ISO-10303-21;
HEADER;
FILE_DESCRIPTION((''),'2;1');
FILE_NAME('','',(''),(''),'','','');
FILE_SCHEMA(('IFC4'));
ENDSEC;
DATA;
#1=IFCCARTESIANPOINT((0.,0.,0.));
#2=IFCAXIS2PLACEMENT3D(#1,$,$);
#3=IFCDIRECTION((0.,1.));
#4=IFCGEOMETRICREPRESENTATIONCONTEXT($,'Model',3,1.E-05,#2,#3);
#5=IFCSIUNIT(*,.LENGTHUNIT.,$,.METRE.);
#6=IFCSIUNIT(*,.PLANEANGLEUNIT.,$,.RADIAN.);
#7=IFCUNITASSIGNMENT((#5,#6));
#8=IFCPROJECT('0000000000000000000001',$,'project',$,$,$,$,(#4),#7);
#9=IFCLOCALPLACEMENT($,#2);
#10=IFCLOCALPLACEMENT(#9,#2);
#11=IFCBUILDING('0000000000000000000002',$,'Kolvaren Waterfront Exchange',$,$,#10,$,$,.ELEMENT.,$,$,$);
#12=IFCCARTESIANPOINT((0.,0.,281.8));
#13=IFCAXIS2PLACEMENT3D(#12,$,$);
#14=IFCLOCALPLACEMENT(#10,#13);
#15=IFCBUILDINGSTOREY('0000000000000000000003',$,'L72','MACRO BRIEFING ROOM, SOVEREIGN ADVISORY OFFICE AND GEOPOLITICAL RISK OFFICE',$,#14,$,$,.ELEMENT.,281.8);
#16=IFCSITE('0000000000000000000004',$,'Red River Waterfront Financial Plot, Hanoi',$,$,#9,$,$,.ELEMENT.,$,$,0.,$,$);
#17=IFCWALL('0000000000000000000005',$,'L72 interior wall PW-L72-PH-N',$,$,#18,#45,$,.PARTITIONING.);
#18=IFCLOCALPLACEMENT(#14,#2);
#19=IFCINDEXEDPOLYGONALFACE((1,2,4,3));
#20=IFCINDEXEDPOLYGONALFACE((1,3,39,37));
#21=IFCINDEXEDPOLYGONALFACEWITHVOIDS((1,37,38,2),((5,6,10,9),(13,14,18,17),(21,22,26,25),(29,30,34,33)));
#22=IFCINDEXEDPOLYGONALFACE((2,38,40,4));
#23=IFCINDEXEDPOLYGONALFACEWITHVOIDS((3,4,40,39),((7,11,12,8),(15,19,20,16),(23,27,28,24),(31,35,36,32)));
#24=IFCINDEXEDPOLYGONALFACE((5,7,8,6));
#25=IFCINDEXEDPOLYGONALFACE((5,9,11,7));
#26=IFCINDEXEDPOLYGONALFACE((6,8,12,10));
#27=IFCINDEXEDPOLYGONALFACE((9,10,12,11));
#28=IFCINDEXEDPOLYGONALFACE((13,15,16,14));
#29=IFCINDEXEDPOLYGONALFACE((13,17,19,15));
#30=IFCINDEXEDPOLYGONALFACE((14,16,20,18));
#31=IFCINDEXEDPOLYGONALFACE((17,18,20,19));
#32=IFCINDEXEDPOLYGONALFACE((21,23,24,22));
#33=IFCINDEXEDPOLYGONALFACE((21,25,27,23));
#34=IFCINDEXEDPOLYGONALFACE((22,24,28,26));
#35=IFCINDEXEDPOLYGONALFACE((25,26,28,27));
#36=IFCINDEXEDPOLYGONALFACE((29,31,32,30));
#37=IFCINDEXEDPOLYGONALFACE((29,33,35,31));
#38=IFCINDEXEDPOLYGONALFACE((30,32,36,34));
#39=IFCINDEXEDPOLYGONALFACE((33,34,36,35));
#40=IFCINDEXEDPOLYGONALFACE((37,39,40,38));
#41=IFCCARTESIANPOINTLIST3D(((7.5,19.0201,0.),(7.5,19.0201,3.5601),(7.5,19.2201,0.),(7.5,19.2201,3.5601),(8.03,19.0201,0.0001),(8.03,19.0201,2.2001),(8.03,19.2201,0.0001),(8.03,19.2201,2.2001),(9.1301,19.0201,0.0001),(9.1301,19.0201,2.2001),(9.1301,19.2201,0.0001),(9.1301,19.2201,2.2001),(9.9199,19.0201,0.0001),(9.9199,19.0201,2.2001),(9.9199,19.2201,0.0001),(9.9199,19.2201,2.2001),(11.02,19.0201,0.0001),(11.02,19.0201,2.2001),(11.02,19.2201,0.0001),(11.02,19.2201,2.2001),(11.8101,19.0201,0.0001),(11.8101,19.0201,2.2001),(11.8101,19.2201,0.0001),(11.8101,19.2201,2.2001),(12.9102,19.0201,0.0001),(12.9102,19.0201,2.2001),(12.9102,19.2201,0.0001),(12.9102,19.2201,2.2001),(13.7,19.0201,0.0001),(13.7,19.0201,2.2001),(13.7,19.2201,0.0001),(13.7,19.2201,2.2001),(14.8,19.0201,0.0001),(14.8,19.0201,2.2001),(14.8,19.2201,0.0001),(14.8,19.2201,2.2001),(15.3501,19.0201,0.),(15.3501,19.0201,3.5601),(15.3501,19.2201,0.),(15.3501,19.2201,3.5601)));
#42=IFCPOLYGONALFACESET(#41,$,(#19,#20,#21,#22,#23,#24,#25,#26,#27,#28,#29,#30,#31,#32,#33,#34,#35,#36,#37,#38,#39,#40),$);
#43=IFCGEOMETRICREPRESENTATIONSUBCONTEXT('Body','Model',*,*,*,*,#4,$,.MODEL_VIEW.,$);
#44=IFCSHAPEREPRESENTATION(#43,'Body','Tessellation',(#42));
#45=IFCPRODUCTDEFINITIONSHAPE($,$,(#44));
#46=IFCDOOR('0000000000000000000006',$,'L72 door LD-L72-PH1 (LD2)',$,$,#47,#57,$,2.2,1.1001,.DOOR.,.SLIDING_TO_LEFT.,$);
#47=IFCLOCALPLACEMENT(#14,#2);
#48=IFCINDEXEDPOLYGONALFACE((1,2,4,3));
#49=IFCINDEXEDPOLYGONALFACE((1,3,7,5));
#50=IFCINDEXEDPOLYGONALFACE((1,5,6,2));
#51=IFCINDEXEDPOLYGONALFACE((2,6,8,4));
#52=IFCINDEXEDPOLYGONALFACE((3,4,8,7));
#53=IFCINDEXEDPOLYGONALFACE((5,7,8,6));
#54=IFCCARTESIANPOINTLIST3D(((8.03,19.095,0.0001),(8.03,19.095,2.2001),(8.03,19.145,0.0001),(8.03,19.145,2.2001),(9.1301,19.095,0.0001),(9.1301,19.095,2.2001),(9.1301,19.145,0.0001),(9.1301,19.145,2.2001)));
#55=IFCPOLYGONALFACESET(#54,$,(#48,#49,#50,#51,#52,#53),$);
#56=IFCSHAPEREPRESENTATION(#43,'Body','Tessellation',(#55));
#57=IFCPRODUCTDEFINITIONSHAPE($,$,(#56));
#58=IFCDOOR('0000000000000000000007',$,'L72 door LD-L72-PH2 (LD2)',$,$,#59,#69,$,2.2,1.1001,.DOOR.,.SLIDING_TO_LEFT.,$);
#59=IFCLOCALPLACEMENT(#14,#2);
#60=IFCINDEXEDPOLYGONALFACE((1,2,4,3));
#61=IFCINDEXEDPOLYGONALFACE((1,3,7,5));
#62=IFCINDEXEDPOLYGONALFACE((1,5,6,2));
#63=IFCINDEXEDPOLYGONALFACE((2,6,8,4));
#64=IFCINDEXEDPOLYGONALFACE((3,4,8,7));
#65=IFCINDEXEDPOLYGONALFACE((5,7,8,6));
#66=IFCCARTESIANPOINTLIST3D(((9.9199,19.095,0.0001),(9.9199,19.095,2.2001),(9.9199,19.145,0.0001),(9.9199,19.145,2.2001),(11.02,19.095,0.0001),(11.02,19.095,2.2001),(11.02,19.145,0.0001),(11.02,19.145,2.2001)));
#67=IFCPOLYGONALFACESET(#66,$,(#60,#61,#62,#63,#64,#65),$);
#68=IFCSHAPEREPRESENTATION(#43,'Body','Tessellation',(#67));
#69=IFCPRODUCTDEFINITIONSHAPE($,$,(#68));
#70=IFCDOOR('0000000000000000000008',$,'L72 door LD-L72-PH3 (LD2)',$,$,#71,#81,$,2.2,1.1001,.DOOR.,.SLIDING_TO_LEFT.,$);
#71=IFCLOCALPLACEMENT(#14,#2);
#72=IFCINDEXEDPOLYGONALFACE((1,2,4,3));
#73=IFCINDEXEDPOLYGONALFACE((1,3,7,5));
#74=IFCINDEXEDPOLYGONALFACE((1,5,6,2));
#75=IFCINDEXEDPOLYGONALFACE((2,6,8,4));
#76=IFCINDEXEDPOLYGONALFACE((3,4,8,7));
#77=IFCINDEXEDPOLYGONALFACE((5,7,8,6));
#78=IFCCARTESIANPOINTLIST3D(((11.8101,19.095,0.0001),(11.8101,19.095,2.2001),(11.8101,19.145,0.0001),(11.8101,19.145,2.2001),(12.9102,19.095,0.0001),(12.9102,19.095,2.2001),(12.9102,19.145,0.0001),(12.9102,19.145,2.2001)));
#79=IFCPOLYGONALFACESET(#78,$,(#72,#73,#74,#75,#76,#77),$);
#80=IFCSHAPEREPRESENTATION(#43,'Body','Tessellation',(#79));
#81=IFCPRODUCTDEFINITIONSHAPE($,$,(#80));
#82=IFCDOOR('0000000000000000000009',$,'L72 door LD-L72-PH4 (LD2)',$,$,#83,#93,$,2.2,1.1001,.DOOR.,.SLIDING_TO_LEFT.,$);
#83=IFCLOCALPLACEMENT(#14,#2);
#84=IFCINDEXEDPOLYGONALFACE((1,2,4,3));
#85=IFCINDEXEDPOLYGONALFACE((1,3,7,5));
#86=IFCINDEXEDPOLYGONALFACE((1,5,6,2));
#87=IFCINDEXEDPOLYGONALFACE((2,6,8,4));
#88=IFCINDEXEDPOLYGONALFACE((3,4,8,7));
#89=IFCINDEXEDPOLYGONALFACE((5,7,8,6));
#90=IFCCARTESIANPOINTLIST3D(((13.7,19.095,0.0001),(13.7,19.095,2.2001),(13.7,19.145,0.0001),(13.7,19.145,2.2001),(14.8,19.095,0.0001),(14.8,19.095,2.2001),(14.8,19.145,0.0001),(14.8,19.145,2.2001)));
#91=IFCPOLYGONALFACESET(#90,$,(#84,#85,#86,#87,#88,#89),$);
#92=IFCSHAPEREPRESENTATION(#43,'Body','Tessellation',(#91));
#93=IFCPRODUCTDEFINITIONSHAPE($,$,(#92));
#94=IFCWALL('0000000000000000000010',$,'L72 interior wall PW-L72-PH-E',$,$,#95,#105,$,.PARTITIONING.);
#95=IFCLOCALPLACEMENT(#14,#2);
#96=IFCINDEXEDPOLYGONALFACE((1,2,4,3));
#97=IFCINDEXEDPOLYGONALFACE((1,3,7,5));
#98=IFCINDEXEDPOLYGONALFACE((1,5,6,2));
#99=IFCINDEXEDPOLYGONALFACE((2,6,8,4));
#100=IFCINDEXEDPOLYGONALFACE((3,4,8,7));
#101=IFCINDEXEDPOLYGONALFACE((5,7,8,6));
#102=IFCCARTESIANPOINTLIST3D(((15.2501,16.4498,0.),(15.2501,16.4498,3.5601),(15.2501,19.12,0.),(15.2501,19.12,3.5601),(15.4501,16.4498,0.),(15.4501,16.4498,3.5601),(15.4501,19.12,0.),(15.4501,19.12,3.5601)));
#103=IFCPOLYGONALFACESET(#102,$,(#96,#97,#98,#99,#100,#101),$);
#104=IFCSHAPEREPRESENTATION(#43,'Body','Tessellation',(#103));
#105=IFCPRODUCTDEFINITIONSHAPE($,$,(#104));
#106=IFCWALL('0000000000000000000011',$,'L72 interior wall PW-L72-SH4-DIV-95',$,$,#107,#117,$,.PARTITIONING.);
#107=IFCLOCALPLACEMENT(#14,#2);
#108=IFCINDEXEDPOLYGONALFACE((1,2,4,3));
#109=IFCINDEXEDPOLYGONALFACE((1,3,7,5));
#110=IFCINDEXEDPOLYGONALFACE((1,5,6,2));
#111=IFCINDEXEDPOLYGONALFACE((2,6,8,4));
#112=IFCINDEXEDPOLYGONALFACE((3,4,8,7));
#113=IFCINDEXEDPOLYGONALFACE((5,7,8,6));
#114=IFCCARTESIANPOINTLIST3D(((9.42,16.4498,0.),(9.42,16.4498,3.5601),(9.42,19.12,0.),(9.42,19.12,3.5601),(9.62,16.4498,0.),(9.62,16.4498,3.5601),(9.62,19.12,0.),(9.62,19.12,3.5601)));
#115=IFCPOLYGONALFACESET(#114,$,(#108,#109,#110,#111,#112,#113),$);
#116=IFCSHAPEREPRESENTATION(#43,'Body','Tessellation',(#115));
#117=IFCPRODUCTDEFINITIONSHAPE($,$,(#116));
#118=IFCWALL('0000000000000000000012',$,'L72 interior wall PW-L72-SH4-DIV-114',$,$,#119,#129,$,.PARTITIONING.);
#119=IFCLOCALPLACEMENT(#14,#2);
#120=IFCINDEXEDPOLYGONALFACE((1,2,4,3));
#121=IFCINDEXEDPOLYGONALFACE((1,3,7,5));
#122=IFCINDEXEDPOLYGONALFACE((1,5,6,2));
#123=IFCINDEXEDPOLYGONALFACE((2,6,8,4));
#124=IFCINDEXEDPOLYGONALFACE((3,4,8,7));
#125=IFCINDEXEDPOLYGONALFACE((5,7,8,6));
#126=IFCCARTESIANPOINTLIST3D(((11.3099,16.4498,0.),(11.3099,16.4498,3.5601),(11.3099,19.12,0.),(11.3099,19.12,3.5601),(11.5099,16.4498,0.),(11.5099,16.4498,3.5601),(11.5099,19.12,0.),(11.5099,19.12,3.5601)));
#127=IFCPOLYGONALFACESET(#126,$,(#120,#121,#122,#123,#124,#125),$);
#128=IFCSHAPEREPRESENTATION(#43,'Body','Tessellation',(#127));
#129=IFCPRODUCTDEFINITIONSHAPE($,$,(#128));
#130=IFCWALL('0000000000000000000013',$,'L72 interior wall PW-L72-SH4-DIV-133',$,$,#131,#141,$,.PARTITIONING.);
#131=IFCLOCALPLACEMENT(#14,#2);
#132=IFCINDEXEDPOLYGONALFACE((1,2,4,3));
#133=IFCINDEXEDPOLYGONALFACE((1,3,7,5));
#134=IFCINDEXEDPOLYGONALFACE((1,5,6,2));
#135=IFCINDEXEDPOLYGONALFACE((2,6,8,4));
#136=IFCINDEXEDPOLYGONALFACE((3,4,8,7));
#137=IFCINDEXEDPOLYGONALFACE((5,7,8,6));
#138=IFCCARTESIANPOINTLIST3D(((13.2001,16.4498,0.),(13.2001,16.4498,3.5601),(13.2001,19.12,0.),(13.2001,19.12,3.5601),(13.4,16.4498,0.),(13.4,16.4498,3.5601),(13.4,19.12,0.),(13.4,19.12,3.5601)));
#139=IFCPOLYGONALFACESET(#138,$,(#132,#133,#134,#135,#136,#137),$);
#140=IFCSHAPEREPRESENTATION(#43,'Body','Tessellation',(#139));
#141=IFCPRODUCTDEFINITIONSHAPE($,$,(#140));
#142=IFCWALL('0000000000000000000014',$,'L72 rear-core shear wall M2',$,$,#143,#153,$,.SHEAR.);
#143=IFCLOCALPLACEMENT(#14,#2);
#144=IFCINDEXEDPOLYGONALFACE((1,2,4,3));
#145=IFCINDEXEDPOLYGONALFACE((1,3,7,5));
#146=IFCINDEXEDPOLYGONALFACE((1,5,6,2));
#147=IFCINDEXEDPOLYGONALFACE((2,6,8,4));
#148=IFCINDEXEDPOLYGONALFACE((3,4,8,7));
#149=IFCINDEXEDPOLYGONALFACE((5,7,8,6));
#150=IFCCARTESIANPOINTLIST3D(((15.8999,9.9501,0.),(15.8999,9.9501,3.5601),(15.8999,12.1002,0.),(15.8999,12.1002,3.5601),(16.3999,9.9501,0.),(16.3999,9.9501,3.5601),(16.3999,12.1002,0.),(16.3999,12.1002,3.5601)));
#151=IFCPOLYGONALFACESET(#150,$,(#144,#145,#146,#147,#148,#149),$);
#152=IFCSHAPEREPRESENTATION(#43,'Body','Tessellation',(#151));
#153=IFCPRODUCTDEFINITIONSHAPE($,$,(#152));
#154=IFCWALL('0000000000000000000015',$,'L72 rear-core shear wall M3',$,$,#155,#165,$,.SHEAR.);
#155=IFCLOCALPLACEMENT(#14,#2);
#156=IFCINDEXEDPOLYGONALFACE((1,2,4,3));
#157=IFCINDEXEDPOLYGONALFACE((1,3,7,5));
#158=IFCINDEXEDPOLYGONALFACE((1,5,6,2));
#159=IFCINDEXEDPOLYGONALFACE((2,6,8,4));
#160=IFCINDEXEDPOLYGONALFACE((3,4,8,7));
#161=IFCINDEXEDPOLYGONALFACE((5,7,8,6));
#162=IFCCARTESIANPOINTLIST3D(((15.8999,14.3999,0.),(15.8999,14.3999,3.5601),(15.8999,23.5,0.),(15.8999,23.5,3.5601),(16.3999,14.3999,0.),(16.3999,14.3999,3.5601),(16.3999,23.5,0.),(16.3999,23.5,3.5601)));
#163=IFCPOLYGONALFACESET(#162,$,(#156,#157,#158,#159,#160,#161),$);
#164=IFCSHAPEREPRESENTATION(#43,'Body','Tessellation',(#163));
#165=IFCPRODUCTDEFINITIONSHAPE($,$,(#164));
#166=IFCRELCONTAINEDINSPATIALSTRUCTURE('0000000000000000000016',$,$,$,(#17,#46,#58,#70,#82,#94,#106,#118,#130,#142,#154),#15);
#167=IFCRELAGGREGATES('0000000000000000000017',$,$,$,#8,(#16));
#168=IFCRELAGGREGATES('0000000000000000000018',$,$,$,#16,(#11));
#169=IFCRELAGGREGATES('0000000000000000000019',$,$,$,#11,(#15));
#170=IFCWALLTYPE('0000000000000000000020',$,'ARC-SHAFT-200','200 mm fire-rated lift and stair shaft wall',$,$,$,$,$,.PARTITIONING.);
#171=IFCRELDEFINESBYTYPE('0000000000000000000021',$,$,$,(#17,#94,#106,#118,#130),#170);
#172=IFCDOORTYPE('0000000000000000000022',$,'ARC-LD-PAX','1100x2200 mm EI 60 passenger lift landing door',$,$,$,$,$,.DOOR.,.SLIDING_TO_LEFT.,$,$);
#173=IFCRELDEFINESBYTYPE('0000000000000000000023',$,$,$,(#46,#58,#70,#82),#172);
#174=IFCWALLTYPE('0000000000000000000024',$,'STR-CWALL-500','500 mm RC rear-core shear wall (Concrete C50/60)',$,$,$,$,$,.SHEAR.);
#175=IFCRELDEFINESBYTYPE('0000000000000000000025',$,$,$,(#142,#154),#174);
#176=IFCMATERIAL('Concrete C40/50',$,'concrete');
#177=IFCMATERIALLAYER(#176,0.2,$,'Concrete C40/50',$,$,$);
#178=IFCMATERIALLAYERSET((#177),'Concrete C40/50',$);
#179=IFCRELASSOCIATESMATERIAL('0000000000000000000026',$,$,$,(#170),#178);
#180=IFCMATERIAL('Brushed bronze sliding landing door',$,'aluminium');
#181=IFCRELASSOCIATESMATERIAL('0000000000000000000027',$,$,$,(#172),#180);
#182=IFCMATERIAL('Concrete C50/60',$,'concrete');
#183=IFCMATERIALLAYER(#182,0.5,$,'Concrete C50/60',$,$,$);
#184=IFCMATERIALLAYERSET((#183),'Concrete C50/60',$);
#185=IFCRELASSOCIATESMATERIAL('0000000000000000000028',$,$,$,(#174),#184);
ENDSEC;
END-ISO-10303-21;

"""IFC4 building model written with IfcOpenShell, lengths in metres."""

from ifc_helpers import new_model, si_unit, direction, frame, frame_2d, origin, place, context, subcontext, project, spatial, rectangle, extrude, material, layer, layer_set, type_object, element, fill, save


model = new_model("IFC4")

# Units and contexts
model_context = context("Model", 3, precision=1e-05, world=origin(), true_north=direction((0.0, 1.0)))
body_context = subcontext(model_context, "Body", "Model", "MODEL_VIEW")
ifc_project = project(units=[si_unit("LENGTHUNIT", "METRE"), si_unit("PLANEANGLEUNIT", "RADIAN")], contexts=[model_context])

# Site, building, storey
site_placement = place(None, origin())
site = spatial("IfcSite", under=ifc_project, at=site_placement, Name="Red River Waterfront Financial Plot, Hanoi", CompositionType="ELEMENT", RefElevation=0.0)
building_placement = place(site_placement, origin())
building = spatial("IfcBuilding", under=site, at=building_placement, Name="Kolvaren Waterfront Exchange", CompositionType="ELEMENT")
storey_placement = place(building_placement, frame((0.0, 0.0, 281.8)))
storey = spatial("IfcBuildingStorey", under=building, at=storey_placement, Name="L72", Description="MACRO BRIEFING ROOM, SOVEREIGN ADVISORY OFFICE AND GEOPOLITICAL RISK OFFICE", CompositionType="ELEMENT", Elevation=281.8)

# Shared definitions
ifc_material_1 = material(Name="Concrete C40/50", Category="concrete")
ifc_layer_1 = layer(ifc_material_1, 0.2, Name="Concrete C40/50")
ifc_layer_set_1 = layer_set([ifc_layer_1], Name="Concrete C40/50")
wall_type_1 = type_object("IfcWallType", Name="ARC-SHAFT-200", Description="200 mm fire-rated lift and stair shaft wall", PredefinedType="PARTITIONING", material=ifc_layer_set_1)

# Wall, openings, doors
wall_1_placement = place(storey_placement, frame((7.5, 19.1201, 0.0), z_axis=(0.0, 0.0, 1.0), x_axis=(1.0, 0.0, 0.0)))
wall_1 = element("IfcWall", 1, at=wall_1_placement, inside=storey, type_object=wall_type_1, Name="L72 interior wall PW-L72-PH-N", PredefinedType="PARTITIONING", context=body_context, shape_type="SweptSolid", body=[
    extrude(rectangle(XDim=7.8501, YDim=0.2, at=frame_2d((3.925, 0.0))), origin(), (0.0, 0.0, 1.0), 3.5601),
])
opening_1_placement = place(wall_1_placement, frame((0.53, 0.0, 0.0)))
opening_1 = element("IfcOpeningElement", 2, at=opening_1_placement, cuts=wall_1, PredefinedType="OPENING", context=body_context, shape_type="SweptSolid", body=[
    extrude(rectangle(XDim=1.1001, YDim=2.2, at=frame_2d((0.55, 1.1001))), frame((0.0, 0.1099, 0.0), z_axis=(0.0, -1.0, 0.0), x_axis=(1.0, 0.0, 0.0)), (0.0, 0.0, 1.0), 0.22),
])
opening_2_placement = place(wall_1_placement, frame((2.4199, 0.0, 0.0)))
opening_2 = element("IfcOpeningElement", 3, at=opening_2_placement, cuts=wall_1, PredefinedType="OPENING", context=body_context, shape_type="SweptSolid", body=[
    extrude(rectangle(XDim=1.1001, YDim=2.2, at=frame_2d((0.55, 1.1001))), frame((0.0, 0.1099, 0.0), z_axis=(0.0, -1.0, 0.0), x_axis=(1.0, 0.0, 0.0)), (0.0, 0.0, 1.0), 0.22),
])
opening_3_placement = place(wall_1_placement, frame((4.3101, 0.0, 0.0)))
opening_3 = element("IfcOpeningElement", 4, at=opening_3_placement, cuts=wall_1, PredefinedType="OPENING", context=body_context, shape_type="SweptSolid", body=[
    extrude(rectangle(XDim=1.1001, YDim=2.2, at=frame_2d((0.55, 1.1001))), frame((0.0, 0.1099, 0.0), z_axis=(0.0, -1.0, 0.0), x_axis=(1.0, 0.0, 0.0)), (0.0, 0.0, 1.0), 0.22),
])
opening_4_placement = place(wall_1_placement, frame((6.2, 0.0, 0.0)))
opening_4 = element("IfcOpeningElement", 5, at=opening_4_placement, cuts=wall_1, PredefinedType="OPENING", context=body_context, shape_type="SweptSolid", body=[
    extrude(rectangle(XDim=1.1001, YDim=2.2, at=frame_2d((0.55, 1.1001))), frame((0.0, 0.1099, 0.0), z_axis=(0.0, -1.0, 0.0), x_axis=(1.0, 0.0, 0.0)), (0.0, 0.0, 1.0), 0.22),
])
ifc_material_2 = material(Name="Brushed bronze sliding landing door", Category="aluminium")
door_type_1 = type_object("IfcDoorType", Name="ARC-LD-PAX", Description="1100x2200 mm EI 60 passenger lift landing door", OperationType="SLIDING_TO_LEFT", PredefinedType="DOOR", material=ifc_material_2)
door_1_placement = place(opening_1_placement, origin())
door_1 = element("IfcDoor", 6, at=door_1_placement, inside=storey, type_object=door_type_1, Name="L72 door LD-L72-PH1 (LD2)", OperationType="SLIDING_TO_LEFT", OverallHeight=2.2, OverallWidth=1.1001, PredefinedType="DOOR", context=body_context, shape_type="SweptSolid", body=[
    extrude(rectangle(XDim=1.1001, YDim=2.2, at=frame_2d((0.55, 1.1001))), frame((0.0, 0.0249, 0.0), z_axis=(0.0, -1.0, 0.0), x_axis=(1.0, 0.0, 0.0)), (0.0, 0.0, 1.0), 0.05),
])
fill(opening_1, door_1)
door_2_placement = place(opening_2_placement, origin())
door_2 = element("IfcDoor", 7, at=door_2_placement, inside=storey, type_object=door_type_1, Name="L72 door LD-L72-PH2 (LD2)", OperationType="SLIDING_TO_LEFT", OverallHeight=2.2, OverallWidth=1.1001, PredefinedType="DOOR", context=body_context, shape_type="SweptSolid", body=[
    extrude(rectangle(XDim=1.1001, YDim=2.2, at=frame_2d((0.55, 1.1001))), frame((0.0, 0.0249, 0.0), z_axis=(0.0, -1.0, 0.0), x_axis=(1.0, 0.0, 0.0)), (0.0, 0.0, 1.0), 0.05),
])
fill(opening_2, door_2)
door_3_placement = place(opening_3_placement, origin())
door_3 = element("IfcDoor", 8, at=door_3_placement, inside=storey, type_object=door_type_1, Name="L72 door LD-L72-PH3 (LD2)", OperationType="SLIDING_TO_LEFT", OverallHeight=2.2, OverallWidth=1.1001, PredefinedType="DOOR", context=body_context, shape_type="SweptSolid", body=[
    extrude(rectangle(XDim=1.1001, YDim=2.2, at=frame_2d((0.55, 1.1001))), frame((0.0, 0.0249, 0.0), z_axis=(0.0, -1.0, 0.0), x_axis=(1.0, 0.0, 0.0)), (0.0, 0.0, 1.0), 0.05),
])
fill(opening_3, door_3)
door_4_placement = place(opening_4_placement, origin())
door_4 = element("IfcDoor", 9, at=door_4_placement, inside=storey, type_object=door_type_1, Name="L72 door LD-L72-PH4 (LD2)", OperationType="SLIDING_TO_LEFT", OverallHeight=2.2, OverallWidth=1.1001, PredefinedType="DOOR", context=body_context, shape_type="SweptSolid", body=[
    extrude(rectangle(XDim=1.1001, YDim=2.2, at=frame_2d((0.55, 1.1001))), frame((0.0, 0.0249, 0.0), z_axis=(0.0, -1.0, 0.0), x_axis=(1.0, 0.0, 0.0)), (0.0, 0.0, 1.0), 0.05),
])
fill(opening_4, door_4)

# Walls
for number, where, z_axis, x_axis, name in (
    (10, (15.3501, 16.45, 0.0), (0.0, 0.0, 1.0), (0.0, 1.0, 0.0), "L72 interior wall PW-L72-PH-E"),
    (11, (9.52, 16.45, 0.0), (0.0, 0.0, 1.0), (0.0, 1.0, 0.0), "L72 interior wall PW-L72-SH4-DIV-95"),
    (12, (11.4099, 16.45, 0.0), (0.0, 0.0, 1.0), (0.0, 1.0, 0.0), "L72 interior wall PW-L72-SH4-DIV-114"),
    (13, (13.3, 16.45, 0.0), (0.0, 0.0, 1.0), (0.0, 1.0, 0.0), "L72 interior wall PW-L72-SH4-DIV-133"),
):
    element("IfcWall", number, at=place(storey_placement, frame(where, z_axis=z_axis, x_axis=x_axis)), inside=storey, type_object=wall_type_1, Name=name, PredefinedType="PARTITIONING", context=body_context, shape_type="SweptSolid", body=[
        extrude(rectangle(XDim=2.6702, YDim=0.2, at=frame_2d((1.335, 0.0))), origin(), (0.0, 0.0, 1.0), 3.5601),
    ])
ifc_material_3 = material(Name="Concrete C50/60", Category="concrete")
ifc_layer_2 = layer(ifc_material_3, 0.5, Name="Concrete C50/60")
ifc_layer_set_2 = layer_set([ifc_layer_2], Name="Concrete C50/60")
wall_type_2 = type_object("IfcWallType", Name="STR-CWALL-500", Description="500 mm RC rear-core shear wall (Concrete C50/60)", PredefinedType="SHEAR", material=ifc_layer_set_2)
wall_2_placement = place(storey_placement, frame((16.1499, 9.95, 0.0), z_axis=(0.0, 0.0, 1.0), x_axis=(0.0, 1.0, 0.0)))
element("IfcWall", 14, at=wall_2_placement, inside=storey, type_object=wall_type_2, Name="L72 rear-core shear wall M2", PredefinedType="SHEAR", context=body_context, shape_type="SweptSolid", body=[
    extrude(rectangle(XDim=2.1501, YDim=0.5, at=frame_2d((1.0752, 0.0))), origin(), (0.0, 0.0, 1.0), 3.5601),
])
wall_3_placement = place(storey_placement, frame((16.1499, 14.3999, 0.0), z_axis=(0.0, 0.0, 1.0), x_axis=(0.0, 1.0, 0.0)))
element("IfcWall", 15, at=wall_3_placement, inside=storey, type_object=wall_type_2, Name="L72 rear-core shear wall M3", PredefinedType="SHEAR", context=body_context, shape_type="SweptSolid", body=[
    extrude(rectangle(XDim=9.1001, YDim=0.5, at=frame_2d((4.55, 0.0))), origin(), (0.0, 0.0, 1.0), 3.5601),
])

save(model, "model.ifc")
